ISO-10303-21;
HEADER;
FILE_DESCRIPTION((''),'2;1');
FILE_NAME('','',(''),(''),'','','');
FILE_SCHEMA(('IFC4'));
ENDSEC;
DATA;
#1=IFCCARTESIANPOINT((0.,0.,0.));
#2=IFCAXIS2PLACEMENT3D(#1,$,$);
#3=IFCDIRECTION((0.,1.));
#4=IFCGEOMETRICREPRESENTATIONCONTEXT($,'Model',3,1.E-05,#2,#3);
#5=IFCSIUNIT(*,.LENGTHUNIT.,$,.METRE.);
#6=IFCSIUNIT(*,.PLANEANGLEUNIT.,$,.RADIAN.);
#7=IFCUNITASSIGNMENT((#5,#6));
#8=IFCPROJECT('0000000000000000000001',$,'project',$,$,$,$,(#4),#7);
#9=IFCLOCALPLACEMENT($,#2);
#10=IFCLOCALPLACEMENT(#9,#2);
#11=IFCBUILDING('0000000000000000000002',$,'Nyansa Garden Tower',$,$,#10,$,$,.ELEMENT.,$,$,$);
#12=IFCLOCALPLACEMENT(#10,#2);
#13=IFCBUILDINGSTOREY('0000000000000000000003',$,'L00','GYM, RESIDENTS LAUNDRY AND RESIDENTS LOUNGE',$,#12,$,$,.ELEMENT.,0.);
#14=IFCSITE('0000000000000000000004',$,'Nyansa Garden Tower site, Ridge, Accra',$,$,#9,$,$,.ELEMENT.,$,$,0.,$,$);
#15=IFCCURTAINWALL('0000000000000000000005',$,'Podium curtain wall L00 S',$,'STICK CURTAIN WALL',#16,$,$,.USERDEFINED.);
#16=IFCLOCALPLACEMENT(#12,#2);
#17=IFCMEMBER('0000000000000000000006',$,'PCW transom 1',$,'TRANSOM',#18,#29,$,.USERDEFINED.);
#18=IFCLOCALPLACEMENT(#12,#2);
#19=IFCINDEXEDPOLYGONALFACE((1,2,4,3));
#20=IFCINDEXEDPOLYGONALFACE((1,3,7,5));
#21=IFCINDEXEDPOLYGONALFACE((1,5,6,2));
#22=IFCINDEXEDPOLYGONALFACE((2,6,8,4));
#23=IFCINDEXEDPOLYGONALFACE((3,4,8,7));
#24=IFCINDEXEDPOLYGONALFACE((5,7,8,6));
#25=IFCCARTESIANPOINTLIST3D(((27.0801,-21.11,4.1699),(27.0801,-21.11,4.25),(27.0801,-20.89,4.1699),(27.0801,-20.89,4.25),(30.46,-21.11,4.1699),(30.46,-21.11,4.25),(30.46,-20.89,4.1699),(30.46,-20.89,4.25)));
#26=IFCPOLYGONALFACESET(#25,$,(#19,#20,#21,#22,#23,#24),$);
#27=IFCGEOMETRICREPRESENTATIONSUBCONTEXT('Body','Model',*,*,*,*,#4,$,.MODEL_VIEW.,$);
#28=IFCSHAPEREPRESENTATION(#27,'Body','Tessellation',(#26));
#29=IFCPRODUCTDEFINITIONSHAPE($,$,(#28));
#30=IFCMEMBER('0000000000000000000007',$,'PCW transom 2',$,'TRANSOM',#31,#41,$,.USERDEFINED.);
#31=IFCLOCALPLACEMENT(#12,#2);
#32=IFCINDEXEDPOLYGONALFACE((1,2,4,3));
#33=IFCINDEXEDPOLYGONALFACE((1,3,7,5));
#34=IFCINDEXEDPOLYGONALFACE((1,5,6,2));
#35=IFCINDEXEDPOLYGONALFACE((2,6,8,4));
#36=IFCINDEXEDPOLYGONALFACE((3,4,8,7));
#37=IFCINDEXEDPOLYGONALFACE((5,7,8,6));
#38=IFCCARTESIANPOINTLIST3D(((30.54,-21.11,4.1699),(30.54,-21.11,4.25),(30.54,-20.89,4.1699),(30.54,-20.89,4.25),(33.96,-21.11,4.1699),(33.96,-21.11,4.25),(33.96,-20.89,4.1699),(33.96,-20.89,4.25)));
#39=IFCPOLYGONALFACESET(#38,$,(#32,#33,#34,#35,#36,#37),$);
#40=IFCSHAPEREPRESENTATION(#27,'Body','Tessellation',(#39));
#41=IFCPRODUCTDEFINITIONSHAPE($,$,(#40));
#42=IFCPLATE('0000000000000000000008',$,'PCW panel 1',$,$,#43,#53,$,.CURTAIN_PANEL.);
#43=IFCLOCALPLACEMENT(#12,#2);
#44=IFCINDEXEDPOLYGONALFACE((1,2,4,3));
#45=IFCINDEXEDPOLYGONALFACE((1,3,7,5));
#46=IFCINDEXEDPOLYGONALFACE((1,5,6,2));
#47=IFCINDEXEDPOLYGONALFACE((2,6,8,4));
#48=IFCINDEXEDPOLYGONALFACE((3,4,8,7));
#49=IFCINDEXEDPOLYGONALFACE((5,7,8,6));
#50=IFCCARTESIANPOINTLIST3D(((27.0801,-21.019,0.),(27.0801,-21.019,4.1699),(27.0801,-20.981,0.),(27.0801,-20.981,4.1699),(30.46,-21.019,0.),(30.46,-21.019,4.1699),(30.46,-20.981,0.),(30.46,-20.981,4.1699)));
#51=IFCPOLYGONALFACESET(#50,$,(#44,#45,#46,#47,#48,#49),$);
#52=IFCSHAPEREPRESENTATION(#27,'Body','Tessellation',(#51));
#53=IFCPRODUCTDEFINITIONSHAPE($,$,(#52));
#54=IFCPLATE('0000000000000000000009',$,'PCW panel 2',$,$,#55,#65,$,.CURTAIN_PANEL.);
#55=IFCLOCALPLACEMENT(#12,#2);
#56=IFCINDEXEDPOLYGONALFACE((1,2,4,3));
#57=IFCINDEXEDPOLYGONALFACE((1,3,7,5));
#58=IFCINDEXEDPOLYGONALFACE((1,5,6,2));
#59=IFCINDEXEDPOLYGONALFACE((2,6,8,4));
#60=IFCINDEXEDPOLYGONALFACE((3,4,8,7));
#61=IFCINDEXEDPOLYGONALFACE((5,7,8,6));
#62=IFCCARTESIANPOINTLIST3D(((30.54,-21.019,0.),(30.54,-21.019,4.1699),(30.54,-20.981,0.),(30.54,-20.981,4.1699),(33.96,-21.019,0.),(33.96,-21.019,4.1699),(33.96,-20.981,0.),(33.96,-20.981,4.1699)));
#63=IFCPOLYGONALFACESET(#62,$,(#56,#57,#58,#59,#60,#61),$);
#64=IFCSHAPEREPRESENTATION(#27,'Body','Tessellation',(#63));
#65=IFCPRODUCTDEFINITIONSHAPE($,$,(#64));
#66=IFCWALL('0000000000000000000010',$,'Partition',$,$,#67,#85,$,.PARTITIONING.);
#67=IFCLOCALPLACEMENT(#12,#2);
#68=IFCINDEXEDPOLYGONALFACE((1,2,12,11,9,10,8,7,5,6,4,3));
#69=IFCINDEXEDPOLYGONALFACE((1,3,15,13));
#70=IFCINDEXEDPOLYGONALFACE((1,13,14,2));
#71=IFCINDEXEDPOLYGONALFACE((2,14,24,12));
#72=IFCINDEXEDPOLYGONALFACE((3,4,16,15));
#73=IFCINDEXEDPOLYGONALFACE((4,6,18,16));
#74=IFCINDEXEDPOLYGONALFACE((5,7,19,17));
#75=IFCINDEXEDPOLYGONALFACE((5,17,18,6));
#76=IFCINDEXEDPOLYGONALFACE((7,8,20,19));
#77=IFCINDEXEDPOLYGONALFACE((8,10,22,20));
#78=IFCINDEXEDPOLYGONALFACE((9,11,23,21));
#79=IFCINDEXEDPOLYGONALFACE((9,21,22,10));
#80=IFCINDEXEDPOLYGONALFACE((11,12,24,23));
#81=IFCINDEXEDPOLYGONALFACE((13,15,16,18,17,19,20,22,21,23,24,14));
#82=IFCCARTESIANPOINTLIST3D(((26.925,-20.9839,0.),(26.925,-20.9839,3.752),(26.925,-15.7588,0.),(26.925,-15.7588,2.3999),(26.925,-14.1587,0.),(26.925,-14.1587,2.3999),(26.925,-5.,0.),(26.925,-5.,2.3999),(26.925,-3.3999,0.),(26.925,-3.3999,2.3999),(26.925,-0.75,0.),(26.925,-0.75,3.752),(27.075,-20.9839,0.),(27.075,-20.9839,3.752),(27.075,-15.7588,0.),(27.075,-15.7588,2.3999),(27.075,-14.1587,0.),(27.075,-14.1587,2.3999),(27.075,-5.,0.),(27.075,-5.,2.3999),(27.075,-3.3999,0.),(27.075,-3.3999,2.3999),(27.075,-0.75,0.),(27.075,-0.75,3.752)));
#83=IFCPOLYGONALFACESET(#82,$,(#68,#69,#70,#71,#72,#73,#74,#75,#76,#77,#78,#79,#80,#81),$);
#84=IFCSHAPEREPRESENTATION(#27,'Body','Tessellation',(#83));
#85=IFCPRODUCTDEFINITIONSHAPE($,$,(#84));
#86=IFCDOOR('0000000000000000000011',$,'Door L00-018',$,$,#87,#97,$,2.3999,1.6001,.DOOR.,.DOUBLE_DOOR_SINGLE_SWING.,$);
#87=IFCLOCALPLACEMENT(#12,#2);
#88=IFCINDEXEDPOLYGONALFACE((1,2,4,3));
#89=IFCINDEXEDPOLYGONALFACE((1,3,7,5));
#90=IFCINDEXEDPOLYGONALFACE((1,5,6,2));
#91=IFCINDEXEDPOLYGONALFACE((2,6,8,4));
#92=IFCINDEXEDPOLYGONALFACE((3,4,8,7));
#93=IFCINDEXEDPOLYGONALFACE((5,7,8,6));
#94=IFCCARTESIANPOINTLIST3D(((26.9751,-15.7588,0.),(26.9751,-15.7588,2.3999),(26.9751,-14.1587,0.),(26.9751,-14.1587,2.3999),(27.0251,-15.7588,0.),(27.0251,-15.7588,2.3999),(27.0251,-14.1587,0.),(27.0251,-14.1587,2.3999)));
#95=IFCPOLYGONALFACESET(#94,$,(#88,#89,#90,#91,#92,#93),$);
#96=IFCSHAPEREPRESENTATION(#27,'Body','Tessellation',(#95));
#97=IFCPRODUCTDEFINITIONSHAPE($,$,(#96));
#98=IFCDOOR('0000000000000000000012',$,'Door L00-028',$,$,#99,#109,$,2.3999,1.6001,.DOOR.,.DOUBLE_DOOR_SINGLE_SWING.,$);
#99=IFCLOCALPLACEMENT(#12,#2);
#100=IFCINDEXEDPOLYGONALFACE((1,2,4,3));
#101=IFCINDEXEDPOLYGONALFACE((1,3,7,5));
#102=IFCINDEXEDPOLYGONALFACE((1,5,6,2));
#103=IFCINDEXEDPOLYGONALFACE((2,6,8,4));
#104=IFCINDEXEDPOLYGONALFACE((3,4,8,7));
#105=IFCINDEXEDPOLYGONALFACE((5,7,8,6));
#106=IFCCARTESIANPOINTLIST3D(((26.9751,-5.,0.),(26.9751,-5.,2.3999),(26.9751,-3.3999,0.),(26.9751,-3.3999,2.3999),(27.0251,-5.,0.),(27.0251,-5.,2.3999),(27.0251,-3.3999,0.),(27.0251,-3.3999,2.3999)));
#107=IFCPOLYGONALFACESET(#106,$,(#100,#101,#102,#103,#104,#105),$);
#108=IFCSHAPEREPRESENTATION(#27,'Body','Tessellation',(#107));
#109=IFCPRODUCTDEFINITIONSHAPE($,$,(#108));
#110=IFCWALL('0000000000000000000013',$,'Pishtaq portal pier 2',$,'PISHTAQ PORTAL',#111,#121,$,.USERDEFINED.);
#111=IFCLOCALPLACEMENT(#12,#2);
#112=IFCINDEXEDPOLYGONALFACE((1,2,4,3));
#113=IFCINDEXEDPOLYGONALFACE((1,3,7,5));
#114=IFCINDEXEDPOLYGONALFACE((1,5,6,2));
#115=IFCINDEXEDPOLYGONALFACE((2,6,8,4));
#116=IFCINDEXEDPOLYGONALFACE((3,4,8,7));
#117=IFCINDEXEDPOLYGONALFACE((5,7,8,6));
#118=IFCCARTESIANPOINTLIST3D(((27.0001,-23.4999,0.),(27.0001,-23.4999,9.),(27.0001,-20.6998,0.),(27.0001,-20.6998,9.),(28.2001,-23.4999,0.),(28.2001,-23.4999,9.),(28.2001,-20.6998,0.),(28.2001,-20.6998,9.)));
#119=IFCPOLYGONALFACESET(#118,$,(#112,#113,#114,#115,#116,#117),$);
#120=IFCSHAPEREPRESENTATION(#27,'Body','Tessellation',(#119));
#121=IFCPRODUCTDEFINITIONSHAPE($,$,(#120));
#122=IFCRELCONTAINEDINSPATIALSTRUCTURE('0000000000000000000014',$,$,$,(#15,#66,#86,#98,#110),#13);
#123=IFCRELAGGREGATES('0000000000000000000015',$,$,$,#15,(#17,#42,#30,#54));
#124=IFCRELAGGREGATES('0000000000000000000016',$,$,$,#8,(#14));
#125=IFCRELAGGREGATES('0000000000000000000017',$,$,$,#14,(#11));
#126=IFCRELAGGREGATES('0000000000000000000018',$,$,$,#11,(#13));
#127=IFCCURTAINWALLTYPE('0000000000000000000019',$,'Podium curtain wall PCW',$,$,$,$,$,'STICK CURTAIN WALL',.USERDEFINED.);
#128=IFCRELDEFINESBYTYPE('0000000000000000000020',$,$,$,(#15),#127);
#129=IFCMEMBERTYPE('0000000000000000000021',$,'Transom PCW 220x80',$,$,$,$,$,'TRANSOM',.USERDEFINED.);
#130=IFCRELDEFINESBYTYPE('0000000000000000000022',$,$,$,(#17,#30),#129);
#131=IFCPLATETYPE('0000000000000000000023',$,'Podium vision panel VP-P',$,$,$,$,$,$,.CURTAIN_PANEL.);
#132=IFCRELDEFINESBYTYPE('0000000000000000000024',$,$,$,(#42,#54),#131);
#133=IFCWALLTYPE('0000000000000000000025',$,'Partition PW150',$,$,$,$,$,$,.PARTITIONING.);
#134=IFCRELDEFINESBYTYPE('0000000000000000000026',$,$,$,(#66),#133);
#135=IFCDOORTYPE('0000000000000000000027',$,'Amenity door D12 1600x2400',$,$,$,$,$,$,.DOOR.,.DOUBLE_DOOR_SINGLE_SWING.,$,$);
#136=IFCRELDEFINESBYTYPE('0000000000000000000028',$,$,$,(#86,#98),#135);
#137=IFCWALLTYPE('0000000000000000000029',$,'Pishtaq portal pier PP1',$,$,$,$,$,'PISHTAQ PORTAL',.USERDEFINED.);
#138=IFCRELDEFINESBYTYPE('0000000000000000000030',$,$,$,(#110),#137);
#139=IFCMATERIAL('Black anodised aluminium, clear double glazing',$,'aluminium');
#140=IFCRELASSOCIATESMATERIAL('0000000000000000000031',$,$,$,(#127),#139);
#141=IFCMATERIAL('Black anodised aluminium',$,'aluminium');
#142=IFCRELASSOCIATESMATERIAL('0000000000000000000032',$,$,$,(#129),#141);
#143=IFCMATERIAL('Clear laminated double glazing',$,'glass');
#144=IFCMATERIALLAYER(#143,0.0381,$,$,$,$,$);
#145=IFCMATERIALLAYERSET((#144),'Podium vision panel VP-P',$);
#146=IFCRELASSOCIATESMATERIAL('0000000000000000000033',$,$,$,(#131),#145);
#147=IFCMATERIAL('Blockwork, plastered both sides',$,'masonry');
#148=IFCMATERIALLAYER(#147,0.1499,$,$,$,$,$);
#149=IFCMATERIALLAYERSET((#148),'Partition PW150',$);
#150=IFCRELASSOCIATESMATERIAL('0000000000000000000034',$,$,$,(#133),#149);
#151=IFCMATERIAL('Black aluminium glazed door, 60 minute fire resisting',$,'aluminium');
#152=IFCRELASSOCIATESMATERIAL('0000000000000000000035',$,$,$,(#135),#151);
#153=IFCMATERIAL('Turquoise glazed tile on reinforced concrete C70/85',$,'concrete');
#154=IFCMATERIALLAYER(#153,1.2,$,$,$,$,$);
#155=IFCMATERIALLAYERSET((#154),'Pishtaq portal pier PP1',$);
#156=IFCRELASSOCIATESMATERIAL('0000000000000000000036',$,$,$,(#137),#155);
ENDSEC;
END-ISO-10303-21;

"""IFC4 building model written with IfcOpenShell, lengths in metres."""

from ifc_helpers import new_model, si_unit, direction, frame, frame_2d, origin, origin_2d, place, context, subcontext, project, spatial, rectangle, extrude, material, layer, layer_set, material_profile, profile_set, type_object, element, fill, aggregate, save


model = new_model("IFC4")

# Units and contexts
model_context = context("Model", 3, precision=1e-05, world=origin(), true_north=direction((0.0, 1.0)))
body_context = subcontext(model_context, "Body", "Model", "MODEL_VIEW")
ifc_project = project(units=[si_unit("LENGTHUNIT", "METRE"), si_unit("PLANEANGLEUNIT", "RADIAN")], contexts=[model_context])

# Site, building, storey
site_placement = place(None, origin())
site = spatial("IfcSite", under=ifc_project, at=site_placement, Name="Nyansa Garden Tower site, Ridge, Accra", CompositionType="ELEMENT", RefElevation=0.0)
building_placement = place(site_placement, origin())
building = spatial("IfcBuilding", under=site, at=building_placement, Name="Nyansa Garden Tower", CompositionType="ELEMENT")
storey_placement = place(building_placement, origin())
storey = spatial("IfcBuildingStorey", under=building, at=storey_placement, Name="L00", Description="GYM, RESIDENTS LAUNDRY AND RESIDENTS LOUNGE", CompositionType="ELEMENT", Elevation=0.0)

# Curtain wall
ifc_material_1 = material(Name="Black anodised aluminium, clear double glazing", Category="aluminium")
curtain_wall_type = type_object("IfcCurtainWallType", Name="Podium curtain wall PCW", ElementType="STICK CURTAIN WALL", PredefinedType="USERDEFINED", material=ifc_material_1)
curtain_wall_placement = place(storey_placement, origin())
curtain_wall = element("IfcCurtainWall", 1, at=curtain_wall_placement, inside=storey, type_object=curtain_wall_type, Name="Podium curtain wall L00 S", ObjectType="STICK CURTAIN WALL", PredefinedType="USERDEFINED")

# Members
ifc_material_2 = material(Name="Black anodised aluminium", Category="aluminium")
ifc_material_profile_1 = material_profile(ifc_material_2, rectangle(XDim=0.22, YDim=0.0801, at=origin_2d()), Name="Transom 220x80")
ifc_profile_set_1 = profile_set([ifc_material_profile_1], Name="Black anodised aluminium")
member_type_1 = type_object("IfcMemberType", Name="Transom PCW 220x80", ElementType="TRANSOM", PredefinedType="USERDEFINED", material=ifc_profile_set_1)
member_1_placement = place(storey_placement, frame((27.0801, -21.0, 4.21), z_axis=(1.0, 0.0, 0.0), x_axis=(0.0, 1.0, 0.0)))
member_1 = element("IfcMember", 2, at=member_1_placement, type_object=member_type_1, Name="PCW transom 1", ObjectType="TRANSOM", PredefinedType="USERDEFINED", context=body_context, shape_type="SweptSolid", body=[
    extrude(rectangle(XDim=0.22, YDim=0.0801, at=origin_2d()), origin(), (0.0, 0.0, 1.0), 3.3799),
])
member_2_placement = place(storey_placement, frame((30.54, -21.0, 4.21), z_axis=(1.0, 0.0, 0.0), x_axis=(0.0, 1.0, 0.0)))
member_2 = element("IfcMember", 3, at=member_2_placement, type_object=member_type_1, Name="PCW transom 2", ObjectType="TRANSOM", PredefinedType="USERDEFINED", context=body_context, shape_type="SweptSolid", body=[
    extrude(rectangle(XDim=0.22, YDim=0.0801, at=origin_2d()), origin(), (0.0, 0.0, 1.0), 3.4199),
])

# Plates
ifc_material_3 = material(Name="Clear laminated double glazing", Category="glass")
ifc_layer_1 = layer(ifc_material_3, 0.0381)
ifc_layer_set_1 = layer_set([ifc_layer_1], Name="Podium vision panel VP-P")
plate_type = type_object("IfcPlateType", Name="Podium vision panel VP-P", PredefinedType="CURTAIN_PANEL", material=ifc_layer_set_1)
plate_1_placement = place(storey_placement, frame((28.77, -21.0, 0.0), z_axis=(0.0, 0.0, 1.0), x_axis=(1.0, 0.0, 0.0)))
plate_1 = element("IfcPlate", 4, at=plate_1_placement, type_object=plate_type, Name="PCW panel 1", PredefinedType="CURTAIN_PANEL", context=body_context, shape_type="SweptSolid", body=[
    extrude(rectangle(XDim=3.3799, YDim=0.0381, at=origin_2d()), origin(), (0.0, 0.0, 1.0), 4.1699),
])
plate_2_placement = place(storey_placement, frame((32.25, -21.0, 0.0), z_axis=(0.0, 0.0, 1.0), x_axis=(1.0, 0.0, 0.0)))
plate_2 = element("IfcPlate", 5, at=plate_2_placement, type_object=plate_type, Name="PCW panel 2", PredefinedType="CURTAIN_PANEL", context=body_context, shape_type="SweptSolid", body=[
    extrude(rectangle(XDim=3.4199, YDim=0.0381, at=origin_2d()), origin(), (0.0, 0.0, 1.0), 4.1699),
])
aggregate(curtain_wall, [member_1, plate_1, member_2, plate_2])

# Wall, openings, doors
ifc_material_4 = material(Name="Blockwork, plastered both sides", Category="masonry")
ifc_layer_2 = layer(ifc_material_4, 0.1499)
ifc_layer_set_2 = layer_set([ifc_layer_2], Name="Partition PW150")
wall_type_1 = type_object("IfcWallType", Name="Partition PW150", PredefinedType="PARTITIONING", material=ifc_layer_set_2)
wall_1_placement = place(storey_placement, frame((27.0, -20.9839, 0.0), z_axis=(0.0, 0.0, 1.0), x_axis=(0.0, 1.0, 0.0)))
wall_1 = element("IfcWall", 6, at=wall_1_placement, inside=storey, type_object=wall_type_1, Name="Partition", PredefinedType="PARTITIONING", context=body_context, shape_type="SweptSolid", body=[
    extrude(rectangle(XDim=20.2339, YDim=0.1499, at=frame_2d((10.1169, 0.0))), origin(), (0.0, 0.0, 1.0), 3.752),
])
opening_1_placement = place(wall_1_placement, frame((5.2251, 0.0, 0.0)))
opening_1 = element("IfcOpeningElement", 7, at=opening_1_placement, cuts=wall_1, PredefinedType="OPENING", context=body_context, shape_type="SweptSolid", body=[
    extrude(rectangle(XDim=1.6001, YDim=2.3999, at=frame_2d((0.8, 1.2))), frame((0.0, 0.085, 0.0), z_axis=(0.0, -1.0, 0.0), x_axis=(1.0, 0.0, 0.0)), (0.0, 0.0, 1.0), 0.1699),
])
opening_2_placement = place(wall_1_placement, frame((15.9839, 0.0, 0.0)))
opening_2 = element("IfcOpeningElement", 8, at=opening_2_placement, cuts=wall_1, PredefinedType="OPENING", context=body_context, shape_type="SweptSolid", body=[
    extrude(rectangle(XDim=1.6001, YDim=2.3999, at=frame_2d((0.8, 1.2))), frame((0.0, 0.085, 0.0), z_axis=(0.0, -1.0, 0.0), x_axis=(1.0, 0.0, 0.0)), (0.0, 0.0, 1.0), 0.1699),
])
ifc_material_5 = material(Name="Black aluminium glazed door, 60 minute fire resisting", Category="aluminium")
door_type = type_object("IfcDoorType", Name="Amenity door D12 1600x2400", OperationType="DOUBLE_DOOR_SINGLE_SWING", PredefinedType="DOOR", material=ifc_material_5)
door_1_placement = place(opening_1_placement, origin())
door_1 = element("IfcDoor", 9, at=door_1_placement, inside=storey, type_object=door_type, Name="Door L00-018", OperationType="DOUBLE_DOOR_SINGLE_SWING", OverallHeight=2.3999, OverallWidth=1.6001, PredefinedType="DOOR", context=body_context, shape_type="SweptSolid", body=[
    extrude(rectangle(XDim=1.6001, YDim=2.3999, at=frame_2d((0.8, 1.2))), frame((0.0, 0.0249, 0.0), z_axis=(0.0, -1.0, 0.0), x_axis=(1.0, 0.0, 0.0)), (0.0, 0.0, 1.0), 0.05),
])
fill(opening_1, door_1)
door_2_placement = place(opening_2_placement, origin())
door_2 = element("IfcDoor", 10, at=door_2_placement, inside=storey, type_object=door_type, Name="Door L00-028", OperationType="DOUBLE_DOOR_SINGLE_SWING", OverallHeight=2.3999, OverallWidth=1.6001, PredefinedType="DOOR", context=body_context, shape_type="SweptSolid", body=[
    extrude(rectangle(XDim=1.6001, YDim=2.3999, at=frame_2d((0.8, 1.2))), frame((0.0, 0.0249, 0.0), z_axis=(0.0, -1.0, 0.0), x_axis=(1.0, 0.0, 0.0)), (0.0, 0.0, 1.0), 0.05),
])
fill(opening_2, door_2)

# Wall
ifc_material_6 = material(Name="Turquoise glazed tile on reinforced concrete C70/85", Category="concrete")
ifc_layer_3 = layer(ifc_material_6, 1.2)
ifc_layer_set_3 = layer_set([ifc_layer_3], Name="Pishtaq portal pier PP1")
wall_type_2 = type_object("IfcWallType", Name="Pishtaq portal pier PP1", ElementType="PISHTAQ PORTAL", PredefinedType="USERDEFINED", material=ifc_layer_set_3)
wall_2_placement = place(storey_placement, frame((27.6001, -20.7, 0.0), z_axis=(0.0, 0.0, 1.0), x_axis=(0.0, -1.0, 0.0)))
element("IfcWall", 11, at=wall_2_placement, inside=storey, type_object=wall_type_2, Name="Pishtaq portal pier 2", ObjectType="PISHTAQ PORTAL", PredefinedType="USERDEFINED", context=body_context, shape_type="SweptSolid", body=[
    extrude(rectangle(XDim=2.8, YDim=1.2, at=frame_2d((1.3999, 0.0))), origin(), (0.0, 0.0, 1.0), 9.0),
])

save(model, "model.ifc")
